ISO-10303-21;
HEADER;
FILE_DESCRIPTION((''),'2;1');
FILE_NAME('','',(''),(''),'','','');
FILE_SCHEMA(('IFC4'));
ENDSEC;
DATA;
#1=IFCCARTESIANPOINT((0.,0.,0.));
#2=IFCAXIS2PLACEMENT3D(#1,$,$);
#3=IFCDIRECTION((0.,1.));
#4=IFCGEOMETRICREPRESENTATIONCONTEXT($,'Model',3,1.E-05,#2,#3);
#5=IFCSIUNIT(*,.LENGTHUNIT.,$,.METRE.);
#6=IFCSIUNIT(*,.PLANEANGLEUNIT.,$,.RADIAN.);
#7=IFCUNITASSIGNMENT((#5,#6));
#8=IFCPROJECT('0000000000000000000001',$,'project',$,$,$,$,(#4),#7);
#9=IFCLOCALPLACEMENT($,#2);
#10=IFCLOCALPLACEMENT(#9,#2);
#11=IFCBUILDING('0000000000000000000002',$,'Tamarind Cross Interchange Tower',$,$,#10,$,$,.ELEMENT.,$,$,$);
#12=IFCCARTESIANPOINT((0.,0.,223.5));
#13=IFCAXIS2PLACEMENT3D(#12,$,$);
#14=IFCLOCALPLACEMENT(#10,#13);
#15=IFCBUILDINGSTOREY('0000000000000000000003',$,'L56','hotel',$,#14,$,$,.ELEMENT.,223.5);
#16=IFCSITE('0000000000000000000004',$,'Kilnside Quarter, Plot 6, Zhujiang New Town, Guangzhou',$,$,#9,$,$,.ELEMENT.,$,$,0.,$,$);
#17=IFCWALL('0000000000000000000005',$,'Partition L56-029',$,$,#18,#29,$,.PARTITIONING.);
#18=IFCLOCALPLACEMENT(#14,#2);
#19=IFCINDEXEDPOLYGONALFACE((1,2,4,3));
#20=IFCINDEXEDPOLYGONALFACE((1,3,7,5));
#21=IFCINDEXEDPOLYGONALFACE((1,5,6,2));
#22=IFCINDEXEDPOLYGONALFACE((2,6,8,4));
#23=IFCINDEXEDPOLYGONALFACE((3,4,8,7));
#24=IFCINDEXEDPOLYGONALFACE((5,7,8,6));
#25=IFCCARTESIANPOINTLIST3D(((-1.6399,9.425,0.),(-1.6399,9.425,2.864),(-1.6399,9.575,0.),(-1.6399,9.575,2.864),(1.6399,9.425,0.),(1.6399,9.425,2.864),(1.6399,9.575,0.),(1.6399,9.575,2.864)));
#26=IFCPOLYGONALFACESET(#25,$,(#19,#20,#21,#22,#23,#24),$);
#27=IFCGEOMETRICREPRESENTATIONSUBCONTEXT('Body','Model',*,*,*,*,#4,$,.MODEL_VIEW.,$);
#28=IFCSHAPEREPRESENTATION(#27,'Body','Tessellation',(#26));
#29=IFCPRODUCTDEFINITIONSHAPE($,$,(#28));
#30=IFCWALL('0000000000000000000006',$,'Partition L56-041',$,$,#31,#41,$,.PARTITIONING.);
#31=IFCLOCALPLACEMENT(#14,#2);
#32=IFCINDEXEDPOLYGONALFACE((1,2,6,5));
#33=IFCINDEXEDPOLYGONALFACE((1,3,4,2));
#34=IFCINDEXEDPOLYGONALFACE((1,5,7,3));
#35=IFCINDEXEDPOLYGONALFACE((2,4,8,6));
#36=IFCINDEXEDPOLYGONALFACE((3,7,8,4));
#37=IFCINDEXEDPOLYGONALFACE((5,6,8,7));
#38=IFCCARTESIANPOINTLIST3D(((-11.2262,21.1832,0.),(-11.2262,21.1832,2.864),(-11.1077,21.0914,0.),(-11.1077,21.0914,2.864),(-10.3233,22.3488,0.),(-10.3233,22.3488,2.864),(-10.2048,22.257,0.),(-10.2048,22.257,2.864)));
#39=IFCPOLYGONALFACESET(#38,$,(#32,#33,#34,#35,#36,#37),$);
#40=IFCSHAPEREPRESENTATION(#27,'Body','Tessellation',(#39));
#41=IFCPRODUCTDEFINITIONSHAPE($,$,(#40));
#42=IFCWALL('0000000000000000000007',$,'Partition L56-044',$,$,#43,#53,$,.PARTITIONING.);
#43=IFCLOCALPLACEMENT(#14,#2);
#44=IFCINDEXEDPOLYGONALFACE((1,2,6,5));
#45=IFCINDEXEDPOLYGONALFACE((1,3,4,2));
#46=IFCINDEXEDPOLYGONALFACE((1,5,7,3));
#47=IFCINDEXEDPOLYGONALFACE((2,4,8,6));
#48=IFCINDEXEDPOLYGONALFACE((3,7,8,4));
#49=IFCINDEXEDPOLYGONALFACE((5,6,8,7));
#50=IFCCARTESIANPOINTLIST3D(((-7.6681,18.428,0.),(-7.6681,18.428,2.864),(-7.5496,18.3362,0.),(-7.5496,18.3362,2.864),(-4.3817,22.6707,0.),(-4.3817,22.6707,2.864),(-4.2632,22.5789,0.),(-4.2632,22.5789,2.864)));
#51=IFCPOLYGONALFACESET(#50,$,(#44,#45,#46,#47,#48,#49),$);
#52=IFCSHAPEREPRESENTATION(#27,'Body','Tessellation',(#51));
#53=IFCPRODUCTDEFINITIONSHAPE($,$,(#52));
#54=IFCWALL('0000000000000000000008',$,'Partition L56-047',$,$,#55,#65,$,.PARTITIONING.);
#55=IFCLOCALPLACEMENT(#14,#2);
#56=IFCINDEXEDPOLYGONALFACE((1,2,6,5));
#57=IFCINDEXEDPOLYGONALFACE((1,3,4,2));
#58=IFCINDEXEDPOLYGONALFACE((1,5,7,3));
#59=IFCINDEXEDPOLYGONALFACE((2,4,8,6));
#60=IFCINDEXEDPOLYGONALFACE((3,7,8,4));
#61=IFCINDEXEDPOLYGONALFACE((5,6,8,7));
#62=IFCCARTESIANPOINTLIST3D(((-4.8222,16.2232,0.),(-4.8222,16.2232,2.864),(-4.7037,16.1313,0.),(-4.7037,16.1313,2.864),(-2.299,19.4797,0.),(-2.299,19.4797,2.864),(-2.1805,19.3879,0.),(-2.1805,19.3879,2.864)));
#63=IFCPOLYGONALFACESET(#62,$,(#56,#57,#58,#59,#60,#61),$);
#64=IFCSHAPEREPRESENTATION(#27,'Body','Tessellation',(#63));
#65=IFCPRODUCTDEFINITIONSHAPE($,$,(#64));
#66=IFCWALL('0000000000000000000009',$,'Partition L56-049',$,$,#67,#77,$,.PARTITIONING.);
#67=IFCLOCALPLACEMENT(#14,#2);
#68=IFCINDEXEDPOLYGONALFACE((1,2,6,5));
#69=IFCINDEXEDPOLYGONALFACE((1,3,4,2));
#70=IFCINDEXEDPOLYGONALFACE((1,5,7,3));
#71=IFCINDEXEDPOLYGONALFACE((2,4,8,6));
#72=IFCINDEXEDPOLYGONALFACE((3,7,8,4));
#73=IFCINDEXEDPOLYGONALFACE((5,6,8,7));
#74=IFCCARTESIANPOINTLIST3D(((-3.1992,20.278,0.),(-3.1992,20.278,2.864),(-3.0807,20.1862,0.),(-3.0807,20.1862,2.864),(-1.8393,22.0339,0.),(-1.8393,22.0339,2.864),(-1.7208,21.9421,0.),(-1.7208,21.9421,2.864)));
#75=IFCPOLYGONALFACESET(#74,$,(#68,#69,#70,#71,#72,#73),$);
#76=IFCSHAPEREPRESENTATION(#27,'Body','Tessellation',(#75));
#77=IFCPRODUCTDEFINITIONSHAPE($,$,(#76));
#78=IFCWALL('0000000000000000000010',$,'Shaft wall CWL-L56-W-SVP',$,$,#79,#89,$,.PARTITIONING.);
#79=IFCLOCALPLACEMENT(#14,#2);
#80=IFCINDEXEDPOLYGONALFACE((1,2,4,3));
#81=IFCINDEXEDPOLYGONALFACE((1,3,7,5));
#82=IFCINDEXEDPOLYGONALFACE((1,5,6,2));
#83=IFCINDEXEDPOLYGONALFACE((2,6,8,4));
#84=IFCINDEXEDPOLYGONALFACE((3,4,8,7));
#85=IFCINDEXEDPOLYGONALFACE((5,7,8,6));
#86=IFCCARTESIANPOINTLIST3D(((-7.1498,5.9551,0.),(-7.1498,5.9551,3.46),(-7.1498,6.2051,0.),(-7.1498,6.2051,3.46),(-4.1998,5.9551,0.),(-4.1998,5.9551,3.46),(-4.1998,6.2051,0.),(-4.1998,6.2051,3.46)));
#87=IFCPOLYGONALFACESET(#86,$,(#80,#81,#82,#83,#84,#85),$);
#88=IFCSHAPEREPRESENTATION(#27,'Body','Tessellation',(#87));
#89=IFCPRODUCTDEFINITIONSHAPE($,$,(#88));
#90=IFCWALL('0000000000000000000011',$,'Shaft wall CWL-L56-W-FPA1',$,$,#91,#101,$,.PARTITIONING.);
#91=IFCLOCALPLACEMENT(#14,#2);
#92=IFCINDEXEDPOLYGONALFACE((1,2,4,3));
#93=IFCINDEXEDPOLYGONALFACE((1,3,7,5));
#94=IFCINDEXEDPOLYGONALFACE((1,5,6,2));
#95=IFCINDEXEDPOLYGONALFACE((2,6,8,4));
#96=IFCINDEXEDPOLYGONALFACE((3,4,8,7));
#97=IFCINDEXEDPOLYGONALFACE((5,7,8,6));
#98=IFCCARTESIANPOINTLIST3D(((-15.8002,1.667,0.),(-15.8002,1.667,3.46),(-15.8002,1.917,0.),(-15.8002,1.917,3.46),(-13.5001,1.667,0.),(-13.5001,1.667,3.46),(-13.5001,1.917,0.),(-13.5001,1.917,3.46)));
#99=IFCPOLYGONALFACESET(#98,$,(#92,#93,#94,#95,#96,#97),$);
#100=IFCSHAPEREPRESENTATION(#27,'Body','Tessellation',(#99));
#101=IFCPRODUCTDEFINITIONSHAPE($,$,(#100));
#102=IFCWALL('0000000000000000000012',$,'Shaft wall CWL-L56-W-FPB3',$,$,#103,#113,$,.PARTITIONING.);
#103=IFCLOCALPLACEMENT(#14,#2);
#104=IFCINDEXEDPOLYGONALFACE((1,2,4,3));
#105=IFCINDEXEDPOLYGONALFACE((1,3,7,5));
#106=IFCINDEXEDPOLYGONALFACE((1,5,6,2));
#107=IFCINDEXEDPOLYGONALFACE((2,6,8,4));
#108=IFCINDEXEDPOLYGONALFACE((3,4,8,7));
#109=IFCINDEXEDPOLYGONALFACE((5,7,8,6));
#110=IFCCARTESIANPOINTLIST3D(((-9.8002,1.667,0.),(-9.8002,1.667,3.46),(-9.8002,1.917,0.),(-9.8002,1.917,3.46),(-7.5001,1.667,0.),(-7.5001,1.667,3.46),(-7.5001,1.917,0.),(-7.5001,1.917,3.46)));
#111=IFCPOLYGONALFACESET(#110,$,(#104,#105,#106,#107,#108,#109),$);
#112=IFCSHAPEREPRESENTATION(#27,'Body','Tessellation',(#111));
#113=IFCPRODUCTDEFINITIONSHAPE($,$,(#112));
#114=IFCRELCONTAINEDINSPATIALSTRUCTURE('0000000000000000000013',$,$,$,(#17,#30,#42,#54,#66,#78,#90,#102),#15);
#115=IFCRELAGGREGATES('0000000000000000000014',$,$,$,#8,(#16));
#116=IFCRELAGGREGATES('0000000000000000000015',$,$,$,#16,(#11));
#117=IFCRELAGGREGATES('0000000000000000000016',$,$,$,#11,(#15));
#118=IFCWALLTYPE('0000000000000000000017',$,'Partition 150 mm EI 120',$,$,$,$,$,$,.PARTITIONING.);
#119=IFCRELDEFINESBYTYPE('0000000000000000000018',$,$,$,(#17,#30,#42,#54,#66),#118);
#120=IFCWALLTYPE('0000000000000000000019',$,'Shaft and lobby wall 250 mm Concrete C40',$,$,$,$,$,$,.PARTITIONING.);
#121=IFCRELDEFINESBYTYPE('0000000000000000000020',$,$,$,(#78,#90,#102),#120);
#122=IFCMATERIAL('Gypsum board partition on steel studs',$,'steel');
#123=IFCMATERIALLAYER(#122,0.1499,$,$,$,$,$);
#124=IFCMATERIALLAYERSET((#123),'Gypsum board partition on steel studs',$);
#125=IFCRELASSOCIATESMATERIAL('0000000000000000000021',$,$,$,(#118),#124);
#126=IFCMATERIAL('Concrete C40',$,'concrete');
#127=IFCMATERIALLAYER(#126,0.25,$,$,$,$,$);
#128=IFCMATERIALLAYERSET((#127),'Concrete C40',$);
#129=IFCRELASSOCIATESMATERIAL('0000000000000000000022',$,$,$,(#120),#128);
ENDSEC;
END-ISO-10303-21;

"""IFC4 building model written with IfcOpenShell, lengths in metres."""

from ifc_helpers import new_model, si_unit, direction, frame, frame_2d, origin, place, context, subcontext, project, spatial, rectangle, extrude, material, layer, layer_set, type_object, element, save


model = new_model("IFC4")

# Units and contexts
model_context = context("Model", 3, precision=1e-05, world=origin(), true_north=direction((0.0, 1.0)))
body_context = subcontext(model_context, "Body", "Model", "MODEL_VIEW")
ifc_project = project(units=[si_unit("LENGTHUNIT", "METRE"), si_unit("PLANEANGLEUNIT", "RADIAN")], contexts=[model_context])

# Site, building, storey
site_placement = place(None, origin())
site = spatial("IfcSite", under=ifc_project, at=site_placement, Name="Kilnside Quarter, Plot 6, Zhujiang New Town, Guangzhou", CompositionType="ELEMENT", RefElevation=0.0)
building_placement = place(site_placement, origin())
building = spatial("IfcBuilding", under=site, at=building_placement, Name="Tamarind Cross Interchange Tower", CompositionType="ELEMENT")
storey_placement = place(building_placement, frame((0.0, 0.0, 223.5)))
storey = spatial("IfcBuildingStorey", under=building, at=storey_placement, Name="L56", Description="hotel", CompositionType="ELEMENT", Elevation=223.5)

# Shared definitions
ifc_material_1 = material(Name="Gypsum board partition on steel studs", Category="steel")
ifc_layer_1 = layer(ifc_material_1, 0.1499)
ifc_layer_set_1 = layer_set([ifc_layer_1], Name="Gypsum board partition on steel studs")
wall_type_1 = type_object("IfcWallType", Name="Partition 150 mm EI 120", PredefinedType="PARTITIONING", material=ifc_layer_set_1)

# Walls
wall_1_placement = place(storey_placement, frame((-1.6399, 9.5, 0.0), z_axis=(0.0, 0.0, 1.0), x_axis=(1.0, 0.0, 0.0)))
element("IfcWall", 1, at=wall_1_placement, inside=storey, type_object=wall_type_1, Name="Partition L56-029", PredefinedType="PARTITIONING", context=body_context, shape_type="SweptSolid", body=[
    extrude(rectangle(XDim=3.2798, YDim=0.1499, at=frame_2d((1.6399, 0.0))), origin(), (0.0, 0.0, 1.0), 2.864),
])
wall_2_placement = place(storey_placement, frame((-11.167, 21.1372, 0.0), z_axis=(0.0, 0.0, 1.0), x_axis=(0.61238, 0.790563, 0.0)))
element("IfcWall", 2, at=wall_2_placement, inside=storey, type_object=wall_type_1, Name="Partition L56-041", PredefinedType="PARTITIONING", context=body_context, shape_type="SweptSolid", body=[
    extrude(rectangle(XDim=1.4744, YDim=0.1499, at=frame_2d((0.7373, 0.0))), origin(), (0.0, 0.0, 1.0), 2.864),
])
wall_3_placement = place(storey_placement, frame((-7.6089, 18.3821, 0.0), z_axis=(0.0, 0.0, 1.0), x_axis=(0.612374, 0.790568, 0.0)))
element("IfcWall", 3, at=wall_3_placement, inside=storey, type_object=wall_type_1, Name="Partition L56-044", PredefinedType="PARTITIONING", context=body_context, shape_type="SweptSolid", body=[
    extrude(rectangle(XDim=5.3667, YDim=0.1499, at=frame_2d((2.6833, 0.0))), origin(), (0.0, 0.0, 1.0), 2.864),
])
wall_4_placement = place(storey_placement, frame((-4.7629, 16.1772, 0.0), z_axis=(0.0, 0.0, 1.0), x_axis=(0.612471, 0.790493, 0.0)))
element("IfcWall", 4, at=wall_4_placement, inside=storey, type_object=wall_type_1, Name="Partition L56-047", PredefinedType="PARTITIONING", context=body_context, shape_type="SweptSolid", body=[
    extrude(rectangle(XDim=4.1196, YDim=0.1499, at=frame_2d((2.0598, 0.0))), origin(), (0.0, 0.0, 1.0), 2.864),
])
wall_5_placement = place(storey_placement, frame((-3.1399, 20.2322, 0.0), z_axis=(0.0, 0.0, 1.0), x_axis=(0.612311, 0.790617, 0.0)))
element("IfcWall", 5, at=wall_5_placement, inside=storey, type_object=wall_type_1, Name="Partition L56-049", PredefinedType="PARTITIONING", context=body_context, shape_type="SweptSolid", body=[
    extrude(rectangle(XDim=2.2209, YDim=0.1499, at=frame_2d((1.1104, 0.0))), origin(), (0.0, 0.0, 1.0), 2.864),
])
ifc_material_2 = material(Name="Concrete C40", Category="concrete")
ifc_layer_2 = layer(ifc_material_2, 0.25)
ifc_layer_set_2 = layer_set([ifc_layer_2], Name="Concrete C40")
wall_type_2 = type_object("IfcWallType", Name="Shaft and lobby wall 250 mm Concrete C40", PredefinedType="PARTITIONING", material=ifc_layer_set_2)
wall_6_placement = place(storey_placement, frame((-7.1499, 6.0801, 0.0), z_axis=(0.0, 0.0, 1.0), x_axis=(1.0, 0.0, 0.0)))
element("IfcWall", 6, at=wall_6_placement, inside=storey, type_object=wall_type_2, Name="Shaft wall CWL-L56-W-SVP", PredefinedType="PARTITIONING", context=body_context, shape_type="SweptSolid", body=[
    extrude(rectangle(XDim=2.95, YDim=0.25, at=frame_2d((1.4751, 0.0))), origin(), (0.0, 0.0, 1.0), 3.46),
])
for number, where, z_axis, x_axis, name in (
    (7, (-15.8, 1.792, 0.0), (0.0, 0.0, 1.0), (1.0, 0.0, 0.0), "Shaft wall CWL-L56-W-FPA1"),
    (8, (-9.8, 1.792, 0.0), (0.0, 0.0, 1.0), (1.0, 0.0, 0.0), "Shaft wall CWL-L56-W-FPB3"),
):
    element("IfcWall", number, at=place(storey_placement, frame(where, z_axis=z_axis, x_axis=x_axis)), inside=storey, type_object=wall_type_2, Name=name, PredefinedType="PARTITIONING", context=body_context, shape_type="SweptSolid", body=[
        extrude(rectangle(XDim=2.3, YDim=0.25, at=frame_2d((1.1499, 0.0))), origin(), (0.0, 0.0, 1.0), 3.46),
    ])

save(model, "model.ifc")
